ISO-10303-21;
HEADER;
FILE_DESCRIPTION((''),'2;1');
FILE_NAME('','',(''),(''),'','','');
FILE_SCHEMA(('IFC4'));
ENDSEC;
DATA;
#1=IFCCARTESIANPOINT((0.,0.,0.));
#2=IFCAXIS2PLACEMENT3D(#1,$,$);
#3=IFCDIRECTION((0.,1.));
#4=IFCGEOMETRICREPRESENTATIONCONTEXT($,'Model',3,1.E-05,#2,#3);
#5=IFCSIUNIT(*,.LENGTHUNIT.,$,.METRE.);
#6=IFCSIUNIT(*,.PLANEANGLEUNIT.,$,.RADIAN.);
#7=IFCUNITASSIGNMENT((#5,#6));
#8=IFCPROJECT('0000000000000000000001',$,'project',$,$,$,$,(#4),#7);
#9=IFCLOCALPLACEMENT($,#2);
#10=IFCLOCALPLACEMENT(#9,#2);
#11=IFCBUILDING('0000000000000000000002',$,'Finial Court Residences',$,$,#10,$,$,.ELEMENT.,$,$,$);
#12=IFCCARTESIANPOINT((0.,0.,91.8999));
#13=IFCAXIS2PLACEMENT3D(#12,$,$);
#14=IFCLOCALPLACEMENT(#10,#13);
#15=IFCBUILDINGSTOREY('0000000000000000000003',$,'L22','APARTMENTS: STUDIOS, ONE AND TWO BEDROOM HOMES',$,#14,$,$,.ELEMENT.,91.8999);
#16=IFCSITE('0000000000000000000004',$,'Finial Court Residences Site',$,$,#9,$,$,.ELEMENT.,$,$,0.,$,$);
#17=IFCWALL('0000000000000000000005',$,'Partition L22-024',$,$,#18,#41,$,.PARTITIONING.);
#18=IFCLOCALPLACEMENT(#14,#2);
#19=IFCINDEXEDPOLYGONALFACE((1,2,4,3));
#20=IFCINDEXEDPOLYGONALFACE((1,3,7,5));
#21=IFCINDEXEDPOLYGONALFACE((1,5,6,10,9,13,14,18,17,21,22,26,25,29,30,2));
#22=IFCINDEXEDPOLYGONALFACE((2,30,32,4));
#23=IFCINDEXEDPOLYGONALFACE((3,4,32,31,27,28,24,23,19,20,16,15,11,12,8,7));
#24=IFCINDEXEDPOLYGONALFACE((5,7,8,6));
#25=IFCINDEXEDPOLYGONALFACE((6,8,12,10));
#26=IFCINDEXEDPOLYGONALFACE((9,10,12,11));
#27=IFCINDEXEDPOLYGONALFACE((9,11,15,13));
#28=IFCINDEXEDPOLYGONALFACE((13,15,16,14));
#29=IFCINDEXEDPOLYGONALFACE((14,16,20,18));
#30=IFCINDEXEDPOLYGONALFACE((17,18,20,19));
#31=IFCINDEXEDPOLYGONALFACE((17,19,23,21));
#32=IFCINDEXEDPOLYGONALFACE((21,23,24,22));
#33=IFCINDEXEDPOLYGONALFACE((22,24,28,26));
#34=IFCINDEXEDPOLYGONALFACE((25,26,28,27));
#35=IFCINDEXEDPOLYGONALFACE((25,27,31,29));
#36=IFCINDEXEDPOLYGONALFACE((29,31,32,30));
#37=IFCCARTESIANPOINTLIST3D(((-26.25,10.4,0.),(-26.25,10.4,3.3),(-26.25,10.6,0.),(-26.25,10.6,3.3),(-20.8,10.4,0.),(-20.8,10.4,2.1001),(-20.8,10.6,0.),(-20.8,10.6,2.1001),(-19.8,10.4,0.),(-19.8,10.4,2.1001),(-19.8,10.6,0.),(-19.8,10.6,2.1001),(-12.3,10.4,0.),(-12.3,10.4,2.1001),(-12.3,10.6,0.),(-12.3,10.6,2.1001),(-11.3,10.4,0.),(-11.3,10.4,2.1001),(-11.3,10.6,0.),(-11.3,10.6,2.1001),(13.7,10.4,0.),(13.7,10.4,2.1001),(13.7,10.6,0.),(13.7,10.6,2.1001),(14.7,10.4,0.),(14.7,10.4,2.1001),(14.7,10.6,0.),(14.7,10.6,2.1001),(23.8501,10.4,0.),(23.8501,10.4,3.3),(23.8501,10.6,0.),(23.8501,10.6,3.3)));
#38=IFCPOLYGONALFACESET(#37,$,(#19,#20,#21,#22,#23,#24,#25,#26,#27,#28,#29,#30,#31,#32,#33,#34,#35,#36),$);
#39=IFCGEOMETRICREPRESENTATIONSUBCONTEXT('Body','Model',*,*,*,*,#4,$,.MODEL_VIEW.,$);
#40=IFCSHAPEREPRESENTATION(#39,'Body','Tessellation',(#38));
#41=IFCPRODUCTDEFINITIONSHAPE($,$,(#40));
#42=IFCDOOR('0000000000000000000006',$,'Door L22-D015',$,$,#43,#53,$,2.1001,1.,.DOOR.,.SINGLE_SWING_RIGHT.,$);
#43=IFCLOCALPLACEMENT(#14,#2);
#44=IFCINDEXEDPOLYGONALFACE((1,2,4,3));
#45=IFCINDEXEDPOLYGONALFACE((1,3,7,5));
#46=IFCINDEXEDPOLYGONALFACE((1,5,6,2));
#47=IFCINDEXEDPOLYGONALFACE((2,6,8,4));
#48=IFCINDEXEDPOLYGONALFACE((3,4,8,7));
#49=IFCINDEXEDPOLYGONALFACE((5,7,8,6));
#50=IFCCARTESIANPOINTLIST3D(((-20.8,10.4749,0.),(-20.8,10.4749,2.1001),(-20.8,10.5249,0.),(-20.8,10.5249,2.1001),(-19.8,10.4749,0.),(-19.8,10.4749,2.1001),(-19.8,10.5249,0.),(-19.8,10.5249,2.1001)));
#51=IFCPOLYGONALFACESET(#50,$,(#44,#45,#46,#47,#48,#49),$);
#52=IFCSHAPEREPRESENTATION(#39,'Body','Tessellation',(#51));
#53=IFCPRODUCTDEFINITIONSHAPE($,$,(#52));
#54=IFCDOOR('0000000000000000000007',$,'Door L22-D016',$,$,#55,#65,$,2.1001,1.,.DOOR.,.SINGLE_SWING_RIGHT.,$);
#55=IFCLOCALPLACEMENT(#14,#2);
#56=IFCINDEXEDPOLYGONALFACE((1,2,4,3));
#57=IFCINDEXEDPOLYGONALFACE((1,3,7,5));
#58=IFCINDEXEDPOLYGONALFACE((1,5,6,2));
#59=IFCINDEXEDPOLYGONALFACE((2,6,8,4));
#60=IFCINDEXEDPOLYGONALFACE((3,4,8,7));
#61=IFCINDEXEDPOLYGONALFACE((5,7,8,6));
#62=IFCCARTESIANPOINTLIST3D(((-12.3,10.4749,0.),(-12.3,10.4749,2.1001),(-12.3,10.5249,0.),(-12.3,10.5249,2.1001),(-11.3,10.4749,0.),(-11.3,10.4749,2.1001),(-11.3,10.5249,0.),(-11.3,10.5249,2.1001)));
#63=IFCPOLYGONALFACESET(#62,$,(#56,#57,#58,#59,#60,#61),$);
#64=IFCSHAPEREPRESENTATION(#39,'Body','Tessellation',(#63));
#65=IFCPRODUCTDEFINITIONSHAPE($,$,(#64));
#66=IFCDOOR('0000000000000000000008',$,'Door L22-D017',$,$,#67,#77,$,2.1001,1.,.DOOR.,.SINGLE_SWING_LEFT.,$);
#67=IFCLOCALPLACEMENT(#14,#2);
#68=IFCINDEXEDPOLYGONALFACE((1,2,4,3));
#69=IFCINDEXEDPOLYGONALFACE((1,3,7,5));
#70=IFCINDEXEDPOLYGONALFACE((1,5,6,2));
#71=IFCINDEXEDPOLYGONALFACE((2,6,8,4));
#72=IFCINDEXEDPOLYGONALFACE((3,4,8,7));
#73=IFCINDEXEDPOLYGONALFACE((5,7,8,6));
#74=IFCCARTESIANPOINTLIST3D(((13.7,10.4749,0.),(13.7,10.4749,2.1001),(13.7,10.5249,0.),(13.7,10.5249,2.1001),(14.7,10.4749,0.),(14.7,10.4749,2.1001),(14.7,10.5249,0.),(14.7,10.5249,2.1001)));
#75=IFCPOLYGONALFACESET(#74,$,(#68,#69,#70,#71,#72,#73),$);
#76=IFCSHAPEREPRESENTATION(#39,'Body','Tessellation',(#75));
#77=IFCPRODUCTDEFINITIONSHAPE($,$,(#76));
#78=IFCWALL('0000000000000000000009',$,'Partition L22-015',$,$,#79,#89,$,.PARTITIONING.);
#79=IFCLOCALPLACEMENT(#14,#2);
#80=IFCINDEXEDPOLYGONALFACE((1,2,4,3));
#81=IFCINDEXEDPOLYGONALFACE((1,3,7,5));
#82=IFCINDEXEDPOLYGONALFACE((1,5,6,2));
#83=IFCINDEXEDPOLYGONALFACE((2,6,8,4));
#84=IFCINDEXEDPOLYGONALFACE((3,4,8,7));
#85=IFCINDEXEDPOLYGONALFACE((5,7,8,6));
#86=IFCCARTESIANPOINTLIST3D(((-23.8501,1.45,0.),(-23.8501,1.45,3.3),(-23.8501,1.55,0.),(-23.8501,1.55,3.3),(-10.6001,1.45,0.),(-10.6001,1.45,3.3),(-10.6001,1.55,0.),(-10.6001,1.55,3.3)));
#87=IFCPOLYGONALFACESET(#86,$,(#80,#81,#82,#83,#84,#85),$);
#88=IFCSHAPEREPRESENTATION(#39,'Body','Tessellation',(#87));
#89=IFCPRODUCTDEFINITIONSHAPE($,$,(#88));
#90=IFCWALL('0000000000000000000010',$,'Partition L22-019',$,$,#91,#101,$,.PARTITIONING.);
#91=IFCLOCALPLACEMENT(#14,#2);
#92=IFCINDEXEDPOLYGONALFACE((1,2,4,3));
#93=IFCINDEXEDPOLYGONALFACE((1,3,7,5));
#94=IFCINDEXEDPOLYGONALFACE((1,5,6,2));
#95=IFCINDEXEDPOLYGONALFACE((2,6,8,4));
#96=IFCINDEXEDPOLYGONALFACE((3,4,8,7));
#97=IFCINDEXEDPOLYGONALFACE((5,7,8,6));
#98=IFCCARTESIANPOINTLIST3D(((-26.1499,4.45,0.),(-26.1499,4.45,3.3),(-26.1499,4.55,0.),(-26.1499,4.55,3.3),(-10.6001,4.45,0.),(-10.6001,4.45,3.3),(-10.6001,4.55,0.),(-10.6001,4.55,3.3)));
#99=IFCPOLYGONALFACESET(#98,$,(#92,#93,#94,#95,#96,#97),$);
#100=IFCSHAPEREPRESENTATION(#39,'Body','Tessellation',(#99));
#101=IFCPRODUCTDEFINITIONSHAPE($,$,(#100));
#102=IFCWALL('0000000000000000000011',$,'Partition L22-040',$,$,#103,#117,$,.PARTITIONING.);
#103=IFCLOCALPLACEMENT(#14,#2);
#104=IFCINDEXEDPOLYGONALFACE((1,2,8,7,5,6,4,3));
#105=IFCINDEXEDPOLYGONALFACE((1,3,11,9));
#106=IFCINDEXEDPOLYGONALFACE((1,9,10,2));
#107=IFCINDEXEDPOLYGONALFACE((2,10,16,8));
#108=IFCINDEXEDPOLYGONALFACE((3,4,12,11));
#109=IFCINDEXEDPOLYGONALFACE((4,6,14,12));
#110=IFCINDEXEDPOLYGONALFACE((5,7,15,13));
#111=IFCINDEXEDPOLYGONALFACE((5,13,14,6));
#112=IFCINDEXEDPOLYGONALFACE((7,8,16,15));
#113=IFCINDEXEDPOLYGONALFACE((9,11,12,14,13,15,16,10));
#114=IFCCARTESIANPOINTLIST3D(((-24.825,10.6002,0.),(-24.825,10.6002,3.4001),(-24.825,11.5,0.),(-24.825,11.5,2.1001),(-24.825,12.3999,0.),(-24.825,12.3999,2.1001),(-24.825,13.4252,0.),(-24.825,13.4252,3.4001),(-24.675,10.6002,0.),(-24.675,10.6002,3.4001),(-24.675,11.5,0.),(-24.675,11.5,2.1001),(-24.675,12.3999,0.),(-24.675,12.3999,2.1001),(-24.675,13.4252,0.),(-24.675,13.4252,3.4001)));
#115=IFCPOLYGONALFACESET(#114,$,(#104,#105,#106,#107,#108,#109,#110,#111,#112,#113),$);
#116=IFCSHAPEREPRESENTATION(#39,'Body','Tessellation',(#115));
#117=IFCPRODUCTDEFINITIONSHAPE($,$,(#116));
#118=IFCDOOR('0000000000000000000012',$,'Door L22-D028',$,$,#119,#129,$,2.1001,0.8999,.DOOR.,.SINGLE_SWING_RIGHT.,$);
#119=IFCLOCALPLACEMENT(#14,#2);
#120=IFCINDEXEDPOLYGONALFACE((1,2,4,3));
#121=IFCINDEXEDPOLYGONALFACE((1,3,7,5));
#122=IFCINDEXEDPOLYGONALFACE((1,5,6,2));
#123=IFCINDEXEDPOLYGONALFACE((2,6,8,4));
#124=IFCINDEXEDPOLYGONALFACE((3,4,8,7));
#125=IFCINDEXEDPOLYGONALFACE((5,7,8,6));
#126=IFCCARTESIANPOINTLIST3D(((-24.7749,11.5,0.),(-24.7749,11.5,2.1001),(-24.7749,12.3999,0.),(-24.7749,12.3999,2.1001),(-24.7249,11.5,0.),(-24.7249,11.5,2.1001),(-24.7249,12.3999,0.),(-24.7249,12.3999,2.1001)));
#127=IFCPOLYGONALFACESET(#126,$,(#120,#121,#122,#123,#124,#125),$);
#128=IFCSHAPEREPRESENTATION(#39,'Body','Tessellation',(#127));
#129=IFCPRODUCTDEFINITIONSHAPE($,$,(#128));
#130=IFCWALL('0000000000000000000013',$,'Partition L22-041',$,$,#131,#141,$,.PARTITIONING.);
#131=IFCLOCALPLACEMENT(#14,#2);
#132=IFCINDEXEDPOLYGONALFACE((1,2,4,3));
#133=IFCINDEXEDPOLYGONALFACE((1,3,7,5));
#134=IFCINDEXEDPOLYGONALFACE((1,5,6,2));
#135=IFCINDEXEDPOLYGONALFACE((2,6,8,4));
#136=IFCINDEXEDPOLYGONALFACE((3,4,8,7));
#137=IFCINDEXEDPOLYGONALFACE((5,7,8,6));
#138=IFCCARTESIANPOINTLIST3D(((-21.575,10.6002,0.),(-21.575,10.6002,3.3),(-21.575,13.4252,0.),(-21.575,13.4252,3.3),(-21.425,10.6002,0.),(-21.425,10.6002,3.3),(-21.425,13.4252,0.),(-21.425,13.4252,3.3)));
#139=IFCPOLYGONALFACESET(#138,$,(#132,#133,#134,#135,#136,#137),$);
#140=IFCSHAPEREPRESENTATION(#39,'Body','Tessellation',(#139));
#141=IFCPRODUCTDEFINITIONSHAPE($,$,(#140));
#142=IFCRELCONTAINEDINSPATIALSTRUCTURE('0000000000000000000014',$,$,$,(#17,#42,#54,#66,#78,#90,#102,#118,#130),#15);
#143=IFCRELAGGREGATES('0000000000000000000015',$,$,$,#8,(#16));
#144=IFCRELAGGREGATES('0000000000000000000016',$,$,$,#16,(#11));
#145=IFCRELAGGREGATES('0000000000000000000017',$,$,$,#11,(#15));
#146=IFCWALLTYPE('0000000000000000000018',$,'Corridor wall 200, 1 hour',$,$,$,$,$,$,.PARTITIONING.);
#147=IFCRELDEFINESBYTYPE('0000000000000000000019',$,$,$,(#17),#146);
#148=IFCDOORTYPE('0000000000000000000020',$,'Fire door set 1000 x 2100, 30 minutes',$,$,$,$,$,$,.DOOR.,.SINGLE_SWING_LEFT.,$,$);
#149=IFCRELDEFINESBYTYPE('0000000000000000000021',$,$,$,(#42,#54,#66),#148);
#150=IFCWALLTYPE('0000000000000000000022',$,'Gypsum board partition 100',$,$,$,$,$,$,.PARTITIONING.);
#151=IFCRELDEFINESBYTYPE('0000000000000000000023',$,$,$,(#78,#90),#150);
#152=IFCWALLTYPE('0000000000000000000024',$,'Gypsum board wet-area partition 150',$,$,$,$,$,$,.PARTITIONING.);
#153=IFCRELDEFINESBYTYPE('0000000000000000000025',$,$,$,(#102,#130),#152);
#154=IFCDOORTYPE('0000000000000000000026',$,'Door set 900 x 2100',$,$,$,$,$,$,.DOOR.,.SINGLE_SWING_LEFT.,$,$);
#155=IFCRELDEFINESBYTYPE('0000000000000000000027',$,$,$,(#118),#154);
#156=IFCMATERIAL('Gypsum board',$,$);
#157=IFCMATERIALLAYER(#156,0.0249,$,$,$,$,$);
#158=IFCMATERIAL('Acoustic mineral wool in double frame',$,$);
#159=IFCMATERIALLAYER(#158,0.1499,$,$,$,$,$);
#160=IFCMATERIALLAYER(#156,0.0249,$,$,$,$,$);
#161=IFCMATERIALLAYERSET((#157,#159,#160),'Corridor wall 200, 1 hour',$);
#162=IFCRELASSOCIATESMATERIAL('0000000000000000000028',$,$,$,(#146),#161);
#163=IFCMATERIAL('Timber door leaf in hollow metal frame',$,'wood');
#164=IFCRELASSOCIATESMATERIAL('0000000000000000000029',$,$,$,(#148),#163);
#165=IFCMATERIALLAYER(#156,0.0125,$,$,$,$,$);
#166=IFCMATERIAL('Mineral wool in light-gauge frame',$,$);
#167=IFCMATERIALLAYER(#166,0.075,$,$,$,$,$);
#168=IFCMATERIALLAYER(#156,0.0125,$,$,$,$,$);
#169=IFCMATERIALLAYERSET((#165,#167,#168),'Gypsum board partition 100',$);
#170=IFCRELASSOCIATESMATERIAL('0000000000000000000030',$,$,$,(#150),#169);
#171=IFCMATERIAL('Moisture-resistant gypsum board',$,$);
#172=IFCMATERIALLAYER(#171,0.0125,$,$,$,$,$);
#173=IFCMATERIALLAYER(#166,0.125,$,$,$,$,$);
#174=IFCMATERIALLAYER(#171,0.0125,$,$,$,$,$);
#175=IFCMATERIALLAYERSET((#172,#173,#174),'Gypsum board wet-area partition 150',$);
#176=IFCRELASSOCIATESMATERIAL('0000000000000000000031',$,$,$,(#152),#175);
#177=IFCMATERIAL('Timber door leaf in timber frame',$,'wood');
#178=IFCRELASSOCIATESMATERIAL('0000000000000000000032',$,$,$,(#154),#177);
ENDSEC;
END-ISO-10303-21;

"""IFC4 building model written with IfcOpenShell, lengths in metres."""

from ifc_helpers import new_model, si_unit, direction, frame, frame_2d, origin, place, context, subcontext, project, spatial, rectangle, extrude, material, layer, layer_set, type_object, element, fill, save


model = new_model("IFC4")

# Units and contexts
model_context = context("Model", 3, precision=1e-05, world=origin(), true_north=direction((0.0, 1.0)))
body_context = subcontext(model_context, "Body", "Model", "MODEL_VIEW")
ifc_project = project(units=[si_unit("LENGTHUNIT", "METRE"), si_unit("PLANEANGLEUNIT", "RADIAN")], contexts=[model_context])

# Site, building, storey
site_placement = place(None, origin())
site = spatial("IfcSite", under=ifc_project, at=site_placement, Name="Finial Court Residences Site", CompositionType="ELEMENT", RefElevation=0.0)
building_placement = place(site_placement, origin())
building = spatial("IfcBuilding", under=site, at=building_placement, Name="Finial Court Residences", CompositionType="ELEMENT")
storey_placement = place(building_placement, frame((0.0, 0.0, 91.8999)))
storey = spatial("IfcBuildingStorey", under=building, at=storey_placement, Name="L22", Description="APARTMENTS: STUDIOS, ONE AND TWO BEDROOM HOMES", CompositionType="ELEMENT", Elevation=91.8999)

# Shared definitions
ifc_material_1 = material(Name="Gypsum board")
ifc_layer_1 = layer(ifc_material_1, 0.0249)
ifc_material_2 = material(Name="Acoustic mineral wool in double frame")
ifc_layer_2 = layer(ifc_material_2, 0.1499)
ifc_layer_3 = layer(ifc_material_1, 0.0249)
ifc_layer_set_1 = layer_set([ifc_layer_1, ifc_layer_2, ifc_layer_3], Name="Corridor wall 200, 1 hour")
wall_type_1 = type_object("IfcWallType", Name="Corridor wall 200, 1 hour", PredefinedType="PARTITIONING", material=ifc_layer_set_1)

# Wall, openings, doors
wall_1_placement = place(storey_placement, frame((-26.25, 10.5, 0.0), z_axis=(0.0, 0.0, 1.0), x_axis=(1.0, 0.0, 0.0)))
wall_1 = element("IfcWall", 1, at=wall_1_placement, inside=storey, type_object=wall_type_1, Name="Partition L22-024", PredefinedType="PARTITIONING", context=body_context, shape_type="SweptSolid", body=[
    extrude(rectangle(XDim=50.1001, YDim=0.2, at=frame_2d((25.05, 0.0))), origin(), (0.0, 0.0, 1.0), 3.3),
])
opening_1_placement = place(wall_1_placement, frame((5.45, 0.0, 0.0)))
opening_1 = element("IfcOpeningElement", 2, at=opening_1_placement, cuts=wall_1, PredefinedType="OPENING", context=body_context, shape_type="SweptSolid", body=[
    extrude(rectangle(XDim=1.0, YDim=2.1001, at=frame_2d((0.5, 1.05))), frame((0.0, 0.1099, 0.0), z_axis=(0.0, -1.0, 0.0), x_axis=(1.0, 0.0, 0.0)), (0.0, 0.0, 1.0), 0.22),
])
opening_2_placement = place(wall_1_placement, frame((13.95, 0.0, 0.0)))
opening_2 = element("IfcOpeningElement", 3, at=opening_2_placement, cuts=wall_1, PredefinedType="OPENING", context=body_context, shape_type="SweptSolid", body=[
    extrude(rectangle(XDim=1.0, YDim=2.1001, at=frame_2d((0.5, 1.05))), frame((0.0, 0.1099, 0.0), z_axis=(0.0, -1.0, 0.0), x_axis=(1.0, 0.0, 0.0)), (0.0, 0.0, 1.0), 0.22),
])
opening_3_placement = place(wall_1_placement, frame((39.95, 0.0, 0.0)))
opening_3 = element("IfcOpeningElement", 4, at=opening_3_placement, cuts=wall_1, PredefinedType="OPENING", context=body_context, shape_type="SweptSolid", body=[
    extrude(rectangle(XDim=1.0, YDim=2.1001, at=frame_2d((0.5, 1.05))), frame((0.0, 0.1099, 0.0), z_axis=(0.0, -1.0, 0.0), x_axis=(1.0, 0.0, 0.0)), (0.0, 0.0, 1.0), 0.22),
])
ifc_material_3 = material(Name="Timber door leaf in hollow metal frame", Category="wood")
door_type_1 = type_object("IfcDoorType", Name="Fire door set 1000 x 2100, 30 minutes", OperationType="SINGLE_SWING_LEFT", PredefinedType="DOOR", material=ifc_material_3)
door_1_placement = place(opening_1_placement, origin())
door_1 = element("IfcDoor", 5, at=door_1_placement, inside=storey, type_object=door_type_1, Name="Door L22-D015", OperationType="SINGLE_SWING_RIGHT", OverallHeight=2.1001, OverallWidth=1.0, PredefinedType="DOOR", context=body_context, shape_type="SweptSolid", body=[
    extrude(rectangle(XDim=1.0, YDim=2.1001, at=frame_2d((0.5, 1.05))), frame((0.0, 0.0249, 0.0), z_axis=(0.0, -1.0, 0.0), x_axis=(1.0, 0.0, 0.0)), (0.0, 0.0, 1.0), 0.05),
])
fill(opening_1, door_1)
door_2_placement = place(opening_2_placement, origin())
door_2 = element("IfcDoor", 6, at=door_2_placement, inside=storey, type_object=door_type_1, Name="Door L22-D016", OperationType="SINGLE_SWING_RIGHT", OverallHeight=2.1001, OverallWidth=1.0, PredefinedType="DOOR", context=body_context, shape_type="SweptSolid", body=[
    extrude(rectangle(XDim=1.0, YDim=2.1001, at=frame_2d((0.5, 1.05))), frame((0.0, 0.0249, 0.0), z_axis=(0.0, -1.0, 0.0), x_axis=(1.0, 0.0, 0.0)), (0.0, 0.0, 1.0), 0.05),
])
fill(opening_2, door_2)
door_3_placement = place(opening_3_placement, origin())
door_3 = element("IfcDoor", 7, at=door_3_placement, inside=storey, type_object=door_type_1, Name="Door L22-D017", OperationType="SINGLE_SWING_LEFT", OverallHeight=2.1001, OverallWidth=1.0, PredefinedType="DOOR", context=body_context, shape_type="SweptSolid", body=[
    extrude(rectangle(XDim=1.0, YDim=2.1001, at=frame_2d((0.5, 1.05))), frame((0.0, 0.0249, 0.0), z_axis=(0.0, -1.0, 0.0), x_axis=(1.0, 0.0, 0.0)), (0.0, 0.0, 1.0), 0.05),
])
fill(opening_3, door_3)

# Walls
ifc_layer_4 = layer(ifc_material_1, 0.0125)
ifc_material_4 = material(Name="Mineral wool in light-gauge frame")
ifc_layer_5 = layer(ifc_material_4, 0.075)
ifc_layer_6 = layer(ifc_material_1, 0.0125)
ifc_layer_set_2 = layer_set([ifc_layer_4, ifc_layer_5, ifc_layer_6], Name="Gypsum board partition 100")
wall_type_2 = type_object("IfcWallType", Name="Gypsum board partition 100", PredefinedType="PARTITIONING", material=ifc_layer_set_2)
wall_2_placement = place(storey_placement, frame((-23.8501, 1.5, 0.0), z_axis=(0.0, 0.0, 1.0), x_axis=(1.0, 0.0, 0.0)))
element("IfcWall", 8, at=wall_2_placement, inside=storey, type_object=wall_type_2, Name="Partition L22-015", PredefinedType="PARTITIONING", context=body_context, shape_type="SweptSolid", body=[
    extrude(rectangle(XDim=13.25, YDim=0.1001, at=frame_2d((6.625, 0.0))), origin(), (0.0, 0.0, 1.0), 3.3),
])
wall_3_placement = place(storey_placement, frame((-26.1499, 4.5, 0.0), z_axis=(0.0, 0.0, 1.0), x_axis=(1.0, 0.0, 0.0)))
element("IfcWall", 9, at=wall_3_placement, inside=storey, type_object=wall_type_2, Name="Partition L22-019", PredefinedType="PARTITIONING", context=body_context, shape_type="SweptSolid", body=[
    extrude(rectangle(XDim=15.5498, YDim=0.1001, at=frame_2d((7.7749, 0.0))), origin(), (0.0, 0.0, 1.0), 3.3),
])

# Wall, opening, door
ifc_material_5 = material(Name="Moisture-resistant gypsum board")
ifc_layer_7 = layer(ifc_material_5, 0.0125)
ifc_layer_8 = layer(ifc_material_4, 0.125)
ifc_layer_9 = layer(ifc_material_5, 0.0125)
ifc_layer_set_3 = layer_set([ifc_layer_7, ifc_layer_8, ifc_layer_9], Name="Gypsum board wet-area partition 150")
wall_type_3 = type_object("IfcWallType", Name="Gypsum board wet-area partition 150", PredefinedType="PARTITIONING", material=ifc_layer_set_3)
wall_4_placement = place(storey_placement, frame((-24.75, 10.6001, 0.0), z_axis=(0.0, 0.0, 1.0), x_axis=(0.0, 1.0, 0.0)))
wall_4 = element("IfcWall", 10, at=wall_4_placement, inside=storey, type_object=wall_type_3, Name="Partition L22-040", PredefinedType="PARTITIONING", context=body_context, shape_type="SweptSolid", body=[
    extrude(rectangle(XDim=2.825, YDim=0.1499, at=frame_2d((1.4126, 0.0))), origin(), (0.0, 0.0, 1.0), 3.4001),
])
opening_4_placement = place(wall_4_placement, frame((0.8999, 0.0, 0.0)))
opening_4 = element("IfcOpeningElement", 11, at=opening_4_placement, cuts=wall_4, PredefinedType="OPENING", context=body_context, shape_type="SweptSolid", body=[
    extrude(rectangle(XDim=0.8999, YDim=2.1001, at=frame_2d((0.45, 1.05))), frame((0.0, 0.085, 0.0), z_axis=(0.0, -1.0, 0.0), x_axis=(1.0, 0.0, 0.0)), (0.0, 0.0, 1.0), 0.1699),
])
ifc_material_6 = material(Name="Timber door leaf in timber frame", Category="wood")
door_type_2 = type_object("IfcDoorType", Name="Door set 900 x 2100", OperationType="SINGLE_SWING_LEFT", PredefinedType="DOOR", material=ifc_material_6)
door_4_placement = place(opening_4_placement, origin())
door_4 = element("IfcDoor", 12, at=door_4_placement, inside=storey, type_object=door_type_2, Name="Door L22-D028", OperationType="SINGLE_SWING_RIGHT", OverallHeight=2.1001, OverallWidth=0.8999, PredefinedType="DOOR", context=body_context, shape_type="SweptSolid", body=[
    extrude(rectangle(XDim=0.8999, YDim=2.1001, at=frame_2d((0.45, 1.05))), frame((0.0, 0.0249, 0.0), z_axis=(0.0, -1.0, 0.0), x_axis=(1.0, 0.0, 0.0)), (0.0, 0.0, 1.0), 0.05),
])
fill(opening_4, door_4)

# Wall
wall_5_placement = place(storey_placement, frame((-21.5, 10.6001, 0.0), z_axis=(0.0, 0.0, 1.0), x_axis=(0.0, 1.0, 0.0)))
element("IfcWall", 13, at=wall_5_placement, inside=storey, type_object=wall_type_3, Name="Partition L22-041", PredefinedType="PARTITIONING", context=body_context, shape_type="SweptSolid", body=[
    extrude(rectangle(XDim=2.825, YDim=0.1499, at=frame_2d((1.4126, 0.0))), origin(), (0.0, 0.0, 1.0), 3.3),
])

save(model, "model.ifc")
